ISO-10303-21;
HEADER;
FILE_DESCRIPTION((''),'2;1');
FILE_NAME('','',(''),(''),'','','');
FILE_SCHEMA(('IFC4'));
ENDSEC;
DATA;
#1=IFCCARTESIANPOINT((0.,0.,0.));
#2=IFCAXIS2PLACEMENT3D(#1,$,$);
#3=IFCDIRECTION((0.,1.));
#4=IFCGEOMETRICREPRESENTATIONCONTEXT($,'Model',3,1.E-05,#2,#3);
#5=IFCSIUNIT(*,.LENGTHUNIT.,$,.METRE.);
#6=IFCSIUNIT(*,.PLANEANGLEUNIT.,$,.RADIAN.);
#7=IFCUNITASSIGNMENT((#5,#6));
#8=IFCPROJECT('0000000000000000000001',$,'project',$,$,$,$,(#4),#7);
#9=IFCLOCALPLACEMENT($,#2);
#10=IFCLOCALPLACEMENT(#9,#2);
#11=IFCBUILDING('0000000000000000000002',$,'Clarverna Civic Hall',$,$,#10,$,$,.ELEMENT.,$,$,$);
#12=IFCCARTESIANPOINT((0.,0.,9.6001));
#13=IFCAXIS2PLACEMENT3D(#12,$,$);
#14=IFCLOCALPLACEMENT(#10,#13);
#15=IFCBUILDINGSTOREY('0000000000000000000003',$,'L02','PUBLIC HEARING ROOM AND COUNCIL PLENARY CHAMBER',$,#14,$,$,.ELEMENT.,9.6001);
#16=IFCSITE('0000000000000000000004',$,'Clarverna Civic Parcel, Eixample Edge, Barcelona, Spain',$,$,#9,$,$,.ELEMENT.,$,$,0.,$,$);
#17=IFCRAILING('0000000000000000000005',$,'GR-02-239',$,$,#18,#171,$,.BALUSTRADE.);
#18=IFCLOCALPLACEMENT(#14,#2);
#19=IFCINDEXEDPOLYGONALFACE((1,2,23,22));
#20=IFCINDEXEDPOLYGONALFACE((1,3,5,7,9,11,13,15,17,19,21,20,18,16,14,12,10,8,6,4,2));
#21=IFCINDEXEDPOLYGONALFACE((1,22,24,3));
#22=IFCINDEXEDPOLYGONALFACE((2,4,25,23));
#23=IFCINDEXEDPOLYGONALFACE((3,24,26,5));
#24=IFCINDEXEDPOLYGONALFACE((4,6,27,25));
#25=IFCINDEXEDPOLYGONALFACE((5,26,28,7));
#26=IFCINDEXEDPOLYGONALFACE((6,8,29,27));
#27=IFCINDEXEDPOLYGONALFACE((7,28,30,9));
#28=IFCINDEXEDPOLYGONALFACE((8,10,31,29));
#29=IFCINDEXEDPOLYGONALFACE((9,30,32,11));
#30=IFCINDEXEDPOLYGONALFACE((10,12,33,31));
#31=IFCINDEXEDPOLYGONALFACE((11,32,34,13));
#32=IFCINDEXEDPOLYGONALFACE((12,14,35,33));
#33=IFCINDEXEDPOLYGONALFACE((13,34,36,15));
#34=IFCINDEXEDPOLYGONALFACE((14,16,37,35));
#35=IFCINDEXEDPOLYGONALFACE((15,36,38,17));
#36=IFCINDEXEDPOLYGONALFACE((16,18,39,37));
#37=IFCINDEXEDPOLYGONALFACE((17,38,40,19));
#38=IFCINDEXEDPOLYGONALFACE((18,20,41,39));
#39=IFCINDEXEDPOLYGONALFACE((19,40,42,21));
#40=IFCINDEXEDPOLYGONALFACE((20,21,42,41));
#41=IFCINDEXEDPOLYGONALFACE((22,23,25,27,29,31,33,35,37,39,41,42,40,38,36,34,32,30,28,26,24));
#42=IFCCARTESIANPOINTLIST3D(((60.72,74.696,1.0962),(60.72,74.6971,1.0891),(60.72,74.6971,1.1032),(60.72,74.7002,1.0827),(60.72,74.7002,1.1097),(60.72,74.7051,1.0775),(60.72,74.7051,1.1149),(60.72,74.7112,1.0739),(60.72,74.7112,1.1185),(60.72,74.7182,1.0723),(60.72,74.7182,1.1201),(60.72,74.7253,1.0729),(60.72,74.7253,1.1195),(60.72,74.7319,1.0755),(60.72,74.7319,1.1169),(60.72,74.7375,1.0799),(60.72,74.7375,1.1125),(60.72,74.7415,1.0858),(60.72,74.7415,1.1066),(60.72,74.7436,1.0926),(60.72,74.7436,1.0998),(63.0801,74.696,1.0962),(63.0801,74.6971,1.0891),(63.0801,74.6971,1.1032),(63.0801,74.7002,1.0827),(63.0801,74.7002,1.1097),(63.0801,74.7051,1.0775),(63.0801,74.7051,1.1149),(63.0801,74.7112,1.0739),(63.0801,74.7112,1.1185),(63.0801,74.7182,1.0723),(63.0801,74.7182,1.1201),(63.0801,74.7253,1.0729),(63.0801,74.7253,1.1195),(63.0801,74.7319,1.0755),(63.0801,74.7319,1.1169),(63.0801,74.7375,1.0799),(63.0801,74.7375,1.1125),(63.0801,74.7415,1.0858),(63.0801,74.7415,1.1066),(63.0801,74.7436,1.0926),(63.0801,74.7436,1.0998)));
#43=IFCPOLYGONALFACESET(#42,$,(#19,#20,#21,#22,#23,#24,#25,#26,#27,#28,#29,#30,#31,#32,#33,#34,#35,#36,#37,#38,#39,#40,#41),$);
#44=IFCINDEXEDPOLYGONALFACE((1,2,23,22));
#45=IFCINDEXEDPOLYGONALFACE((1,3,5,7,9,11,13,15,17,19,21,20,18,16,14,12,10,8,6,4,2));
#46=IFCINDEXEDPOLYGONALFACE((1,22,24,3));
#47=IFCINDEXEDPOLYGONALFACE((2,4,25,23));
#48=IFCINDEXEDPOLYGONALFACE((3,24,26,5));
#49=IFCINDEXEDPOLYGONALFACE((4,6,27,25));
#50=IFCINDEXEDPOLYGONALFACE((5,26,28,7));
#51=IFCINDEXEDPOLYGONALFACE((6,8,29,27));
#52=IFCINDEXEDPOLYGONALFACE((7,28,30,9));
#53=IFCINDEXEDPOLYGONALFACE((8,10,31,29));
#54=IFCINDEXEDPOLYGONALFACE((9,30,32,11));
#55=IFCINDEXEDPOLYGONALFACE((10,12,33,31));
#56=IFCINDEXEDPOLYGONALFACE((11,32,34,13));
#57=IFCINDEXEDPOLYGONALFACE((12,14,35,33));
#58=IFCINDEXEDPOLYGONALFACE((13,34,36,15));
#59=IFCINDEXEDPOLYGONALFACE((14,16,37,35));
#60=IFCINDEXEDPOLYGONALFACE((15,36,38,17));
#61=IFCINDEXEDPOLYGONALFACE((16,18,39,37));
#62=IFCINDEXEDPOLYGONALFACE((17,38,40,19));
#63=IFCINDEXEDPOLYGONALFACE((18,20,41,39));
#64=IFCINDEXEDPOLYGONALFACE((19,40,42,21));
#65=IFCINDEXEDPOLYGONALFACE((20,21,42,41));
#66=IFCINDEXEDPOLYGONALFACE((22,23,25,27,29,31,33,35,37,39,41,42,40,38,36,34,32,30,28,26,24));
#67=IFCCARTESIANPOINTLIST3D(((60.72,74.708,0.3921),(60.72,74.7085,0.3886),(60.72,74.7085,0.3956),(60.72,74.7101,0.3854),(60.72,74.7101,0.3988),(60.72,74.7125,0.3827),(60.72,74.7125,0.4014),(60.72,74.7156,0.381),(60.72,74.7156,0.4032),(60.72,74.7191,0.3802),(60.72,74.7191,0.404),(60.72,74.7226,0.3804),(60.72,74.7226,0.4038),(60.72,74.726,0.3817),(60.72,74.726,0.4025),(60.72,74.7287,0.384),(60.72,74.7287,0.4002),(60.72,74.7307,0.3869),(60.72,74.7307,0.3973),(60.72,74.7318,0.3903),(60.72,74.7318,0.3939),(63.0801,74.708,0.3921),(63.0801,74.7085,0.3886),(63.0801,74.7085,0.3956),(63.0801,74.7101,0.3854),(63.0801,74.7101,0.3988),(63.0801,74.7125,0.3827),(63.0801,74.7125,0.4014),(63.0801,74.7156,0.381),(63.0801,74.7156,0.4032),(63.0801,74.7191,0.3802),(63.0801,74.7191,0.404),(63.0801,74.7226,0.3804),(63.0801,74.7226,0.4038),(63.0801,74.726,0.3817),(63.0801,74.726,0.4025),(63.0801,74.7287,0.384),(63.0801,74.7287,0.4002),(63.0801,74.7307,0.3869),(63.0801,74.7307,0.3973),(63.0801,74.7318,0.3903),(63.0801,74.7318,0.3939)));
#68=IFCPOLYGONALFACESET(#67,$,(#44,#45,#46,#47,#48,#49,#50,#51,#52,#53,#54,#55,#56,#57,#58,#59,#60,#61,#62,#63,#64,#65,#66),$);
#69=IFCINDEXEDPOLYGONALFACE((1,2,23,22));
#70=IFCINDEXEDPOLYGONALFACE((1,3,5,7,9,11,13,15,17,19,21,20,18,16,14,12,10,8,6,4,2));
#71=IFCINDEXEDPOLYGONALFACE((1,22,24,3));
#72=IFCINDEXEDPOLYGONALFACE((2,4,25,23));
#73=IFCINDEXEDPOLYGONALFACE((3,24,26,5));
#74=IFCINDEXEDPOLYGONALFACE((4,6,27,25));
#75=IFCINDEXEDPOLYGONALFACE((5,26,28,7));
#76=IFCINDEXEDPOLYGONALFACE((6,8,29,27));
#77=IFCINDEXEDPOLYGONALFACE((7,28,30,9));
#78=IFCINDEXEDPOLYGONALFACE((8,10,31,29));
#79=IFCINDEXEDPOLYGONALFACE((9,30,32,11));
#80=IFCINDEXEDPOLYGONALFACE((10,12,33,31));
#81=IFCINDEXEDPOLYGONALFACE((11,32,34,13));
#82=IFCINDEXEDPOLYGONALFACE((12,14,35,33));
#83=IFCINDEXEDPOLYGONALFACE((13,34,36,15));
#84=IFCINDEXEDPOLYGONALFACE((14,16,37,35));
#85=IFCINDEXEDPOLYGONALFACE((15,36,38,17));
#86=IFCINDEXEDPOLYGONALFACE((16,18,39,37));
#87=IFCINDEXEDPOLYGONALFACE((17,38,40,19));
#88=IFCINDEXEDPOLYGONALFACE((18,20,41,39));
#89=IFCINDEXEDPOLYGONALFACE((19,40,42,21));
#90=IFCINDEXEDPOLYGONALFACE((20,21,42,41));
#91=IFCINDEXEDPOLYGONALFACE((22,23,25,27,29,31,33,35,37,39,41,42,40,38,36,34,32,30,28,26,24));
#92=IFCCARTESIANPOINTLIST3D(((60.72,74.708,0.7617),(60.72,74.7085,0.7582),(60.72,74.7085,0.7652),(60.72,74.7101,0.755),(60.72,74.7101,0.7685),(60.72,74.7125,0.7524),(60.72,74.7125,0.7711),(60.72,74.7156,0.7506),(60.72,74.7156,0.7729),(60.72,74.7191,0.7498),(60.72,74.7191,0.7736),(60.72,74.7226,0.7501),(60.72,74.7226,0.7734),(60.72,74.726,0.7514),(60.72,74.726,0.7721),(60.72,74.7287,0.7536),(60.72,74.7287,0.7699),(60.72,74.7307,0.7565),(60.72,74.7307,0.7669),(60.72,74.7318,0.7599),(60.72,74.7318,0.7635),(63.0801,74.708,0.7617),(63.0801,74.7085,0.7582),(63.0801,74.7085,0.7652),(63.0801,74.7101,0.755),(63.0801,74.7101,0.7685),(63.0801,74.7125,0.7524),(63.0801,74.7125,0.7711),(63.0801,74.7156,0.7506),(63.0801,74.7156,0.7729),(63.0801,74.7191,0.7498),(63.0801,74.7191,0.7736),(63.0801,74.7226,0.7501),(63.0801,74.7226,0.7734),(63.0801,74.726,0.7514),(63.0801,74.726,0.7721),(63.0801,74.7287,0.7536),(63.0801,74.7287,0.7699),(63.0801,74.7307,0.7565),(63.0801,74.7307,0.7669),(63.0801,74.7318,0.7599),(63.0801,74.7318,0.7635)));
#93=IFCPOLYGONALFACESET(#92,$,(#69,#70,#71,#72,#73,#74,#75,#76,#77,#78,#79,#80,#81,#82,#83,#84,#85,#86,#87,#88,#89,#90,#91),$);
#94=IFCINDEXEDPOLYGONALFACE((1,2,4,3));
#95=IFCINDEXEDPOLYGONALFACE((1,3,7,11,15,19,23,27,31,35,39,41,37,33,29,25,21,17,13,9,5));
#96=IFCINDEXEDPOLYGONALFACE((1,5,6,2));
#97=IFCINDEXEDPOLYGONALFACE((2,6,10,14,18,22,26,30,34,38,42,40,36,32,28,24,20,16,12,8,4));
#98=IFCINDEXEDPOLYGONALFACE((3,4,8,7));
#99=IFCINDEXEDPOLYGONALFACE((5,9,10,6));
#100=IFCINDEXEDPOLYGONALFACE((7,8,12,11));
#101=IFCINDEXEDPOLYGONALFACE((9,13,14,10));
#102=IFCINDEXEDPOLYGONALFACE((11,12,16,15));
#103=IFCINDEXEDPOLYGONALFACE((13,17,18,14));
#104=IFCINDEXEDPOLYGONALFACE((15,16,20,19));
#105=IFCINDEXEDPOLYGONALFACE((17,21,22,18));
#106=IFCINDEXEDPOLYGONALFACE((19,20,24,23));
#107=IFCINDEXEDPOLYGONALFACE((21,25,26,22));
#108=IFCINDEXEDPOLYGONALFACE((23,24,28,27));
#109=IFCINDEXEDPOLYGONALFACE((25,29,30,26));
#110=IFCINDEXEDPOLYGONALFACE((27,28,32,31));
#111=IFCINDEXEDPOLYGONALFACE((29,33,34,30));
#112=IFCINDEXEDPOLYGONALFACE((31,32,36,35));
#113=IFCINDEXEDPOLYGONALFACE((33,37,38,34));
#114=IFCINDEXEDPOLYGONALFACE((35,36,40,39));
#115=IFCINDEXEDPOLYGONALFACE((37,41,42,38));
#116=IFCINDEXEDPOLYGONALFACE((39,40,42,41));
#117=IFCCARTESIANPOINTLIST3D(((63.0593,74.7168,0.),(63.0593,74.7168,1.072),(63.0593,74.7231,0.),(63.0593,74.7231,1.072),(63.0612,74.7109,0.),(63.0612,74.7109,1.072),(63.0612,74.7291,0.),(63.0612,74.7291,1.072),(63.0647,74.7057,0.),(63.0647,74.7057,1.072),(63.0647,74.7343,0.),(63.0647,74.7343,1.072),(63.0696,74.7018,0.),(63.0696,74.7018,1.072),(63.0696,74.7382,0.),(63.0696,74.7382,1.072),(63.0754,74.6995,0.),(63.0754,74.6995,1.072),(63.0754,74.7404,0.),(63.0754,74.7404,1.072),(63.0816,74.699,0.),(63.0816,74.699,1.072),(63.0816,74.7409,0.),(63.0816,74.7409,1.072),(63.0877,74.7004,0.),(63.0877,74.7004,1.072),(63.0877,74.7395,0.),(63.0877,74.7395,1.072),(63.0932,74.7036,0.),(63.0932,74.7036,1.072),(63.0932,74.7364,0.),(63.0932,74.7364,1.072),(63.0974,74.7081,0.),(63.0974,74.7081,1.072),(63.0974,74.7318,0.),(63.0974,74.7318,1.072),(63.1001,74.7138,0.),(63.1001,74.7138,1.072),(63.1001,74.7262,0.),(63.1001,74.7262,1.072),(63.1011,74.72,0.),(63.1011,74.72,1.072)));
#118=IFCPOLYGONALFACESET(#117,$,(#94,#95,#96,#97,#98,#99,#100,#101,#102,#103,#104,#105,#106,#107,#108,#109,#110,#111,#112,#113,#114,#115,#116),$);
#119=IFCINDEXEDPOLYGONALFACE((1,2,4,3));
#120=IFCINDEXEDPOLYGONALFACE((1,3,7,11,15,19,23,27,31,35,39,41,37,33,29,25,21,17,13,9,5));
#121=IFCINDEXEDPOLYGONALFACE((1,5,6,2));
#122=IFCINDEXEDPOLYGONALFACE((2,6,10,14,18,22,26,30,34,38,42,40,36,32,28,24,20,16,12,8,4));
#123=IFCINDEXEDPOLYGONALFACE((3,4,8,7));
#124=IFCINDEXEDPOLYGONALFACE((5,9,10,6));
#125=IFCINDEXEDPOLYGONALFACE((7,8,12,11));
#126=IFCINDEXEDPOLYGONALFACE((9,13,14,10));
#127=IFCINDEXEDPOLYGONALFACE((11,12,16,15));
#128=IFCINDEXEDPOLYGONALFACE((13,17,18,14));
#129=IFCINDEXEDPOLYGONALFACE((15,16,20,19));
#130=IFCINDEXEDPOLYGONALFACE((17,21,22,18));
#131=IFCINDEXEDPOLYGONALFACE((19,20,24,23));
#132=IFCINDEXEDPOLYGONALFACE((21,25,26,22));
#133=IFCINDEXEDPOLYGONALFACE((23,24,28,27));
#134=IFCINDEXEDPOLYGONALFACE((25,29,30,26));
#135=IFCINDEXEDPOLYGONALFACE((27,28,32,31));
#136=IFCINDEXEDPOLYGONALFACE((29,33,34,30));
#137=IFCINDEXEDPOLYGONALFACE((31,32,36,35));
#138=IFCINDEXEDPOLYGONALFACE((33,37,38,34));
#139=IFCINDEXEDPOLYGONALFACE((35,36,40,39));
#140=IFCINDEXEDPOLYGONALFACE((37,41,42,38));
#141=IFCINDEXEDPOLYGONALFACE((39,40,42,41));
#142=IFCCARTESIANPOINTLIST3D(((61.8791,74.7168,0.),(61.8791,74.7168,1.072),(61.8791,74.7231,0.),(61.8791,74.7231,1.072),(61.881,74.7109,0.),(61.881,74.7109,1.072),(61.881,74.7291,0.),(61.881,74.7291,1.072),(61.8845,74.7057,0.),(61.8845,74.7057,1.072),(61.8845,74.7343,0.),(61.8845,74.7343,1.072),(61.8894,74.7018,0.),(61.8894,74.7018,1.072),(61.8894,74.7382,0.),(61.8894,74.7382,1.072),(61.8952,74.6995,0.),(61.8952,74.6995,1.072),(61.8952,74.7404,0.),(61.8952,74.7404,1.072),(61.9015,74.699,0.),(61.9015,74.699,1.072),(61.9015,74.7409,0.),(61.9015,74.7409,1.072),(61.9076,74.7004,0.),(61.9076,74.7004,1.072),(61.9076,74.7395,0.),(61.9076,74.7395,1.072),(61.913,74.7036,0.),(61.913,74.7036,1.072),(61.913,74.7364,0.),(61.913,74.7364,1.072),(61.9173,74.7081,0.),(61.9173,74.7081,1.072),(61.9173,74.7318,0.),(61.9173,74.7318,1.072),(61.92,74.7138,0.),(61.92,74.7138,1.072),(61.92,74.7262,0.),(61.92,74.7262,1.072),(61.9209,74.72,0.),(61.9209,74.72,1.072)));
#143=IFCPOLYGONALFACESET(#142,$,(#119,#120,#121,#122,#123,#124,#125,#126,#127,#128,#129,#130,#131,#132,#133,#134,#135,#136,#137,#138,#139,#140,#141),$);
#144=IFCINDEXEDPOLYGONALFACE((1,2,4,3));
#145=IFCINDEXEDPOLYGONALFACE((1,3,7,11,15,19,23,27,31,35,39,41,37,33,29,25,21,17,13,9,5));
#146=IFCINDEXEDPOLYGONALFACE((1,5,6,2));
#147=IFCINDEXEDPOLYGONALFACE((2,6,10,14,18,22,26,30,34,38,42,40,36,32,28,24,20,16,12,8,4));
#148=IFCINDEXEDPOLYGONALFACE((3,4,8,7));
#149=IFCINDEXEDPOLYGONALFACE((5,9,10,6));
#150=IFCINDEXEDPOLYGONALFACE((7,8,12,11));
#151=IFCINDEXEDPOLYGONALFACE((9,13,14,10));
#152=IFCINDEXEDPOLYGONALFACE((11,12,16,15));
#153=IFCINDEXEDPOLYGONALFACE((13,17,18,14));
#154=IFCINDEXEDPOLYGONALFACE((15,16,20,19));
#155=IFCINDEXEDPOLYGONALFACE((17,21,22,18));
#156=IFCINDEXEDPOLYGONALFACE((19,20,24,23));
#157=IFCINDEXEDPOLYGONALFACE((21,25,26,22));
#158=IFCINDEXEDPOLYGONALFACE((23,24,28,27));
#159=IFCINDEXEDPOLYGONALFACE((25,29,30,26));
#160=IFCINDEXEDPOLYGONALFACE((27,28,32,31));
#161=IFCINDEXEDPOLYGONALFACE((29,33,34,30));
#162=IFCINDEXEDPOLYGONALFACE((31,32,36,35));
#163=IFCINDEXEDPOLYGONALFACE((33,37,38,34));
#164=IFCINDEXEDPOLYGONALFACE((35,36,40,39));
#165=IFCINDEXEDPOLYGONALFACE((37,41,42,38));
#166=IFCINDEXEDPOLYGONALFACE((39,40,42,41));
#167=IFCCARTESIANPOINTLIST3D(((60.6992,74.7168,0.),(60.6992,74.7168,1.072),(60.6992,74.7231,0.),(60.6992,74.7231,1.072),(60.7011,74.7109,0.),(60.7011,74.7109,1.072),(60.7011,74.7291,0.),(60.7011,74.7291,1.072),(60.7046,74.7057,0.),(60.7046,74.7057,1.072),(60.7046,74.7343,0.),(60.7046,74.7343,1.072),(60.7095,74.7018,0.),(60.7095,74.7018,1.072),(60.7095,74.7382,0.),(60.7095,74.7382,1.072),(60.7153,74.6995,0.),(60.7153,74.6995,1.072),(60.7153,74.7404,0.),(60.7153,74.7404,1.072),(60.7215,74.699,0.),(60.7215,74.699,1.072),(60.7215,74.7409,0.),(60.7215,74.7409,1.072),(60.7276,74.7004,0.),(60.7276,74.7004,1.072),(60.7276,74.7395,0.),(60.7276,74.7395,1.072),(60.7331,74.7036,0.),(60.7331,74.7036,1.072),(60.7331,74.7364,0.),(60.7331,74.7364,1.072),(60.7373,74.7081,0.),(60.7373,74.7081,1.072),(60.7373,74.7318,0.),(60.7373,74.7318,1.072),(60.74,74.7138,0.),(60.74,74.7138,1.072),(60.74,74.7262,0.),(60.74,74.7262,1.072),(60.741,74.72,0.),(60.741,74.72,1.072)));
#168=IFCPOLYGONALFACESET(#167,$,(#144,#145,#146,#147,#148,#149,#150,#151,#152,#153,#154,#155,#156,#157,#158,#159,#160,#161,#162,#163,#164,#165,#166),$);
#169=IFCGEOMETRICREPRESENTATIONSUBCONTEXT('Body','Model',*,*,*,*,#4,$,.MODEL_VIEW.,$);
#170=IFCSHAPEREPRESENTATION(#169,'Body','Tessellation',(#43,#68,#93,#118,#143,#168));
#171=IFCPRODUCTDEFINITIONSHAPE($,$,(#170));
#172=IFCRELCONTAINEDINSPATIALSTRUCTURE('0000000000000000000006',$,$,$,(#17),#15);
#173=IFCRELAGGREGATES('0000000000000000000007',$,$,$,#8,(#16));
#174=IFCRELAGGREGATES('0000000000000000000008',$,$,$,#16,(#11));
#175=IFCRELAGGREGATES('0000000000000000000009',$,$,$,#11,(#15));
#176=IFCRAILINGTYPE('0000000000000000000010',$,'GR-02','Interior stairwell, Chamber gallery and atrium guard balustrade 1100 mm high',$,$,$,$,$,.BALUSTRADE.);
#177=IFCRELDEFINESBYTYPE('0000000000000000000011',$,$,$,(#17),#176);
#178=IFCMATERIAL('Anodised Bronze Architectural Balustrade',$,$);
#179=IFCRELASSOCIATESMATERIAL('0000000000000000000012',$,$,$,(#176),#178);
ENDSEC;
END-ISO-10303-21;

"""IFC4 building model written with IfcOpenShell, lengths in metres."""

from ifc_helpers import new_model, si_unit, direction, frame, origin, origin_2d, place, context, subcontext, project, spatial, circle, extrude, material, type_object, element, save


model = new_model("IFC4")

# Units and contexts
model_context = context("Model", 3, precision=1e-05, world=origin(), true_north=direction((0.0, 1.0)))
body_context = subcontext(model_context, "Body", "Model", "MODEL_VIEW")
ifc_project = project(units=[si_unit("LENGTHUNIT", "METRE"), si_unit("PLANEANGLEUNIT", "RADIAN")], contexts=[model_context])

# Site, building, storey
site_placement = place(None, origin())
site = spatial("IfcSite", under=ifc_project, at=site_placement, Name="Clarverna Civic Parcel, Eixample Edge, Barcelona, Spain", CompositionType="ELEMENT", RefElevation=0.0)
building_placement = place(site_placement, origin())
building = spatial("IfcBuilding", under=site, at=building_placement, Name="Clarverna Civic Hall", CompositionType="ELEMENT")
storey_placement = place(building_placement, frame((0.0, 0.0, 9.6001)))
storey = spatial("IfcBuildingStorey", under=building, at=storey_placement, Name="L02", Description="PUBLIC HEARING ROOM AND COUNCIL PLENARY CHAMBER", CompositionType="ELEMENT", Elevation=9.6001)

# Railing
ifc_material_1 = material(Name="Anodised Bronze Architectural Balustrade")
railing_type = type_object("IfcRailingType", Name="GR-02", Description="Interior stairwell, Chamber gallery and atrium guard balustrade 1100 mm high", PredefinedType="BALUSTRADE", material=ifc_material_1)
railing_1_placement = place(storey_placement, frame((63.0801, 74.72, 0.0)))
element("IfcRailing", 1, at=railing_1_placement, inside=storey, type_object=railing_type, Name="GR-02-239", PredefinedType="BALUSTRADE", context=body_context, shape_type="SweptSolid", body=[
    extrude(circle(Radius=0.0239, at=origin_2d()), frame((0.0, 0.0, 1.0962), z_axis=(-1.0, 0.0, 0.0), x_axis=(0.0, -1.0, 0.0)), (0.0, 0.0, 1.0), 2.3601),
    extrude(circle(Radius=0.012, at=origin_2d()), frame((0.0, 0.0, 0.3921), z_axis=(-1.0, 0.0, 0.0), x_axis=(0.0, -1.0, 0.0)), (0.0, 0.0, 1.0), 2.3601),
    extrude(circle(Radius=0.012, at=origin_2d()), frame((0.0, 0.0, 0.7617), z_axis=(-1.0, 0.0, 0.0), x_axis=(0.0, -1.0, 0.0)), (0.0, 0.0, 1.0), 2.3601),
    extrude(circle(Radius=0.021, at=origin_2d()), origin(), (0.0, 0.0, 1.0), 1.072),
    extrude(circle(Radius=0.021, at=origin_2d()), frame((-1.1802, 0.0, 0.0)), (0.0, 0.0, 1.0), 1.072),
    extrude(circle(Radius=0.021, at=origin_2d()), frame((-2.3601, 0.0, 0.0)), (0.0, 0.0, 1.0), 1.072),
])

save(model, "model.ifc")
